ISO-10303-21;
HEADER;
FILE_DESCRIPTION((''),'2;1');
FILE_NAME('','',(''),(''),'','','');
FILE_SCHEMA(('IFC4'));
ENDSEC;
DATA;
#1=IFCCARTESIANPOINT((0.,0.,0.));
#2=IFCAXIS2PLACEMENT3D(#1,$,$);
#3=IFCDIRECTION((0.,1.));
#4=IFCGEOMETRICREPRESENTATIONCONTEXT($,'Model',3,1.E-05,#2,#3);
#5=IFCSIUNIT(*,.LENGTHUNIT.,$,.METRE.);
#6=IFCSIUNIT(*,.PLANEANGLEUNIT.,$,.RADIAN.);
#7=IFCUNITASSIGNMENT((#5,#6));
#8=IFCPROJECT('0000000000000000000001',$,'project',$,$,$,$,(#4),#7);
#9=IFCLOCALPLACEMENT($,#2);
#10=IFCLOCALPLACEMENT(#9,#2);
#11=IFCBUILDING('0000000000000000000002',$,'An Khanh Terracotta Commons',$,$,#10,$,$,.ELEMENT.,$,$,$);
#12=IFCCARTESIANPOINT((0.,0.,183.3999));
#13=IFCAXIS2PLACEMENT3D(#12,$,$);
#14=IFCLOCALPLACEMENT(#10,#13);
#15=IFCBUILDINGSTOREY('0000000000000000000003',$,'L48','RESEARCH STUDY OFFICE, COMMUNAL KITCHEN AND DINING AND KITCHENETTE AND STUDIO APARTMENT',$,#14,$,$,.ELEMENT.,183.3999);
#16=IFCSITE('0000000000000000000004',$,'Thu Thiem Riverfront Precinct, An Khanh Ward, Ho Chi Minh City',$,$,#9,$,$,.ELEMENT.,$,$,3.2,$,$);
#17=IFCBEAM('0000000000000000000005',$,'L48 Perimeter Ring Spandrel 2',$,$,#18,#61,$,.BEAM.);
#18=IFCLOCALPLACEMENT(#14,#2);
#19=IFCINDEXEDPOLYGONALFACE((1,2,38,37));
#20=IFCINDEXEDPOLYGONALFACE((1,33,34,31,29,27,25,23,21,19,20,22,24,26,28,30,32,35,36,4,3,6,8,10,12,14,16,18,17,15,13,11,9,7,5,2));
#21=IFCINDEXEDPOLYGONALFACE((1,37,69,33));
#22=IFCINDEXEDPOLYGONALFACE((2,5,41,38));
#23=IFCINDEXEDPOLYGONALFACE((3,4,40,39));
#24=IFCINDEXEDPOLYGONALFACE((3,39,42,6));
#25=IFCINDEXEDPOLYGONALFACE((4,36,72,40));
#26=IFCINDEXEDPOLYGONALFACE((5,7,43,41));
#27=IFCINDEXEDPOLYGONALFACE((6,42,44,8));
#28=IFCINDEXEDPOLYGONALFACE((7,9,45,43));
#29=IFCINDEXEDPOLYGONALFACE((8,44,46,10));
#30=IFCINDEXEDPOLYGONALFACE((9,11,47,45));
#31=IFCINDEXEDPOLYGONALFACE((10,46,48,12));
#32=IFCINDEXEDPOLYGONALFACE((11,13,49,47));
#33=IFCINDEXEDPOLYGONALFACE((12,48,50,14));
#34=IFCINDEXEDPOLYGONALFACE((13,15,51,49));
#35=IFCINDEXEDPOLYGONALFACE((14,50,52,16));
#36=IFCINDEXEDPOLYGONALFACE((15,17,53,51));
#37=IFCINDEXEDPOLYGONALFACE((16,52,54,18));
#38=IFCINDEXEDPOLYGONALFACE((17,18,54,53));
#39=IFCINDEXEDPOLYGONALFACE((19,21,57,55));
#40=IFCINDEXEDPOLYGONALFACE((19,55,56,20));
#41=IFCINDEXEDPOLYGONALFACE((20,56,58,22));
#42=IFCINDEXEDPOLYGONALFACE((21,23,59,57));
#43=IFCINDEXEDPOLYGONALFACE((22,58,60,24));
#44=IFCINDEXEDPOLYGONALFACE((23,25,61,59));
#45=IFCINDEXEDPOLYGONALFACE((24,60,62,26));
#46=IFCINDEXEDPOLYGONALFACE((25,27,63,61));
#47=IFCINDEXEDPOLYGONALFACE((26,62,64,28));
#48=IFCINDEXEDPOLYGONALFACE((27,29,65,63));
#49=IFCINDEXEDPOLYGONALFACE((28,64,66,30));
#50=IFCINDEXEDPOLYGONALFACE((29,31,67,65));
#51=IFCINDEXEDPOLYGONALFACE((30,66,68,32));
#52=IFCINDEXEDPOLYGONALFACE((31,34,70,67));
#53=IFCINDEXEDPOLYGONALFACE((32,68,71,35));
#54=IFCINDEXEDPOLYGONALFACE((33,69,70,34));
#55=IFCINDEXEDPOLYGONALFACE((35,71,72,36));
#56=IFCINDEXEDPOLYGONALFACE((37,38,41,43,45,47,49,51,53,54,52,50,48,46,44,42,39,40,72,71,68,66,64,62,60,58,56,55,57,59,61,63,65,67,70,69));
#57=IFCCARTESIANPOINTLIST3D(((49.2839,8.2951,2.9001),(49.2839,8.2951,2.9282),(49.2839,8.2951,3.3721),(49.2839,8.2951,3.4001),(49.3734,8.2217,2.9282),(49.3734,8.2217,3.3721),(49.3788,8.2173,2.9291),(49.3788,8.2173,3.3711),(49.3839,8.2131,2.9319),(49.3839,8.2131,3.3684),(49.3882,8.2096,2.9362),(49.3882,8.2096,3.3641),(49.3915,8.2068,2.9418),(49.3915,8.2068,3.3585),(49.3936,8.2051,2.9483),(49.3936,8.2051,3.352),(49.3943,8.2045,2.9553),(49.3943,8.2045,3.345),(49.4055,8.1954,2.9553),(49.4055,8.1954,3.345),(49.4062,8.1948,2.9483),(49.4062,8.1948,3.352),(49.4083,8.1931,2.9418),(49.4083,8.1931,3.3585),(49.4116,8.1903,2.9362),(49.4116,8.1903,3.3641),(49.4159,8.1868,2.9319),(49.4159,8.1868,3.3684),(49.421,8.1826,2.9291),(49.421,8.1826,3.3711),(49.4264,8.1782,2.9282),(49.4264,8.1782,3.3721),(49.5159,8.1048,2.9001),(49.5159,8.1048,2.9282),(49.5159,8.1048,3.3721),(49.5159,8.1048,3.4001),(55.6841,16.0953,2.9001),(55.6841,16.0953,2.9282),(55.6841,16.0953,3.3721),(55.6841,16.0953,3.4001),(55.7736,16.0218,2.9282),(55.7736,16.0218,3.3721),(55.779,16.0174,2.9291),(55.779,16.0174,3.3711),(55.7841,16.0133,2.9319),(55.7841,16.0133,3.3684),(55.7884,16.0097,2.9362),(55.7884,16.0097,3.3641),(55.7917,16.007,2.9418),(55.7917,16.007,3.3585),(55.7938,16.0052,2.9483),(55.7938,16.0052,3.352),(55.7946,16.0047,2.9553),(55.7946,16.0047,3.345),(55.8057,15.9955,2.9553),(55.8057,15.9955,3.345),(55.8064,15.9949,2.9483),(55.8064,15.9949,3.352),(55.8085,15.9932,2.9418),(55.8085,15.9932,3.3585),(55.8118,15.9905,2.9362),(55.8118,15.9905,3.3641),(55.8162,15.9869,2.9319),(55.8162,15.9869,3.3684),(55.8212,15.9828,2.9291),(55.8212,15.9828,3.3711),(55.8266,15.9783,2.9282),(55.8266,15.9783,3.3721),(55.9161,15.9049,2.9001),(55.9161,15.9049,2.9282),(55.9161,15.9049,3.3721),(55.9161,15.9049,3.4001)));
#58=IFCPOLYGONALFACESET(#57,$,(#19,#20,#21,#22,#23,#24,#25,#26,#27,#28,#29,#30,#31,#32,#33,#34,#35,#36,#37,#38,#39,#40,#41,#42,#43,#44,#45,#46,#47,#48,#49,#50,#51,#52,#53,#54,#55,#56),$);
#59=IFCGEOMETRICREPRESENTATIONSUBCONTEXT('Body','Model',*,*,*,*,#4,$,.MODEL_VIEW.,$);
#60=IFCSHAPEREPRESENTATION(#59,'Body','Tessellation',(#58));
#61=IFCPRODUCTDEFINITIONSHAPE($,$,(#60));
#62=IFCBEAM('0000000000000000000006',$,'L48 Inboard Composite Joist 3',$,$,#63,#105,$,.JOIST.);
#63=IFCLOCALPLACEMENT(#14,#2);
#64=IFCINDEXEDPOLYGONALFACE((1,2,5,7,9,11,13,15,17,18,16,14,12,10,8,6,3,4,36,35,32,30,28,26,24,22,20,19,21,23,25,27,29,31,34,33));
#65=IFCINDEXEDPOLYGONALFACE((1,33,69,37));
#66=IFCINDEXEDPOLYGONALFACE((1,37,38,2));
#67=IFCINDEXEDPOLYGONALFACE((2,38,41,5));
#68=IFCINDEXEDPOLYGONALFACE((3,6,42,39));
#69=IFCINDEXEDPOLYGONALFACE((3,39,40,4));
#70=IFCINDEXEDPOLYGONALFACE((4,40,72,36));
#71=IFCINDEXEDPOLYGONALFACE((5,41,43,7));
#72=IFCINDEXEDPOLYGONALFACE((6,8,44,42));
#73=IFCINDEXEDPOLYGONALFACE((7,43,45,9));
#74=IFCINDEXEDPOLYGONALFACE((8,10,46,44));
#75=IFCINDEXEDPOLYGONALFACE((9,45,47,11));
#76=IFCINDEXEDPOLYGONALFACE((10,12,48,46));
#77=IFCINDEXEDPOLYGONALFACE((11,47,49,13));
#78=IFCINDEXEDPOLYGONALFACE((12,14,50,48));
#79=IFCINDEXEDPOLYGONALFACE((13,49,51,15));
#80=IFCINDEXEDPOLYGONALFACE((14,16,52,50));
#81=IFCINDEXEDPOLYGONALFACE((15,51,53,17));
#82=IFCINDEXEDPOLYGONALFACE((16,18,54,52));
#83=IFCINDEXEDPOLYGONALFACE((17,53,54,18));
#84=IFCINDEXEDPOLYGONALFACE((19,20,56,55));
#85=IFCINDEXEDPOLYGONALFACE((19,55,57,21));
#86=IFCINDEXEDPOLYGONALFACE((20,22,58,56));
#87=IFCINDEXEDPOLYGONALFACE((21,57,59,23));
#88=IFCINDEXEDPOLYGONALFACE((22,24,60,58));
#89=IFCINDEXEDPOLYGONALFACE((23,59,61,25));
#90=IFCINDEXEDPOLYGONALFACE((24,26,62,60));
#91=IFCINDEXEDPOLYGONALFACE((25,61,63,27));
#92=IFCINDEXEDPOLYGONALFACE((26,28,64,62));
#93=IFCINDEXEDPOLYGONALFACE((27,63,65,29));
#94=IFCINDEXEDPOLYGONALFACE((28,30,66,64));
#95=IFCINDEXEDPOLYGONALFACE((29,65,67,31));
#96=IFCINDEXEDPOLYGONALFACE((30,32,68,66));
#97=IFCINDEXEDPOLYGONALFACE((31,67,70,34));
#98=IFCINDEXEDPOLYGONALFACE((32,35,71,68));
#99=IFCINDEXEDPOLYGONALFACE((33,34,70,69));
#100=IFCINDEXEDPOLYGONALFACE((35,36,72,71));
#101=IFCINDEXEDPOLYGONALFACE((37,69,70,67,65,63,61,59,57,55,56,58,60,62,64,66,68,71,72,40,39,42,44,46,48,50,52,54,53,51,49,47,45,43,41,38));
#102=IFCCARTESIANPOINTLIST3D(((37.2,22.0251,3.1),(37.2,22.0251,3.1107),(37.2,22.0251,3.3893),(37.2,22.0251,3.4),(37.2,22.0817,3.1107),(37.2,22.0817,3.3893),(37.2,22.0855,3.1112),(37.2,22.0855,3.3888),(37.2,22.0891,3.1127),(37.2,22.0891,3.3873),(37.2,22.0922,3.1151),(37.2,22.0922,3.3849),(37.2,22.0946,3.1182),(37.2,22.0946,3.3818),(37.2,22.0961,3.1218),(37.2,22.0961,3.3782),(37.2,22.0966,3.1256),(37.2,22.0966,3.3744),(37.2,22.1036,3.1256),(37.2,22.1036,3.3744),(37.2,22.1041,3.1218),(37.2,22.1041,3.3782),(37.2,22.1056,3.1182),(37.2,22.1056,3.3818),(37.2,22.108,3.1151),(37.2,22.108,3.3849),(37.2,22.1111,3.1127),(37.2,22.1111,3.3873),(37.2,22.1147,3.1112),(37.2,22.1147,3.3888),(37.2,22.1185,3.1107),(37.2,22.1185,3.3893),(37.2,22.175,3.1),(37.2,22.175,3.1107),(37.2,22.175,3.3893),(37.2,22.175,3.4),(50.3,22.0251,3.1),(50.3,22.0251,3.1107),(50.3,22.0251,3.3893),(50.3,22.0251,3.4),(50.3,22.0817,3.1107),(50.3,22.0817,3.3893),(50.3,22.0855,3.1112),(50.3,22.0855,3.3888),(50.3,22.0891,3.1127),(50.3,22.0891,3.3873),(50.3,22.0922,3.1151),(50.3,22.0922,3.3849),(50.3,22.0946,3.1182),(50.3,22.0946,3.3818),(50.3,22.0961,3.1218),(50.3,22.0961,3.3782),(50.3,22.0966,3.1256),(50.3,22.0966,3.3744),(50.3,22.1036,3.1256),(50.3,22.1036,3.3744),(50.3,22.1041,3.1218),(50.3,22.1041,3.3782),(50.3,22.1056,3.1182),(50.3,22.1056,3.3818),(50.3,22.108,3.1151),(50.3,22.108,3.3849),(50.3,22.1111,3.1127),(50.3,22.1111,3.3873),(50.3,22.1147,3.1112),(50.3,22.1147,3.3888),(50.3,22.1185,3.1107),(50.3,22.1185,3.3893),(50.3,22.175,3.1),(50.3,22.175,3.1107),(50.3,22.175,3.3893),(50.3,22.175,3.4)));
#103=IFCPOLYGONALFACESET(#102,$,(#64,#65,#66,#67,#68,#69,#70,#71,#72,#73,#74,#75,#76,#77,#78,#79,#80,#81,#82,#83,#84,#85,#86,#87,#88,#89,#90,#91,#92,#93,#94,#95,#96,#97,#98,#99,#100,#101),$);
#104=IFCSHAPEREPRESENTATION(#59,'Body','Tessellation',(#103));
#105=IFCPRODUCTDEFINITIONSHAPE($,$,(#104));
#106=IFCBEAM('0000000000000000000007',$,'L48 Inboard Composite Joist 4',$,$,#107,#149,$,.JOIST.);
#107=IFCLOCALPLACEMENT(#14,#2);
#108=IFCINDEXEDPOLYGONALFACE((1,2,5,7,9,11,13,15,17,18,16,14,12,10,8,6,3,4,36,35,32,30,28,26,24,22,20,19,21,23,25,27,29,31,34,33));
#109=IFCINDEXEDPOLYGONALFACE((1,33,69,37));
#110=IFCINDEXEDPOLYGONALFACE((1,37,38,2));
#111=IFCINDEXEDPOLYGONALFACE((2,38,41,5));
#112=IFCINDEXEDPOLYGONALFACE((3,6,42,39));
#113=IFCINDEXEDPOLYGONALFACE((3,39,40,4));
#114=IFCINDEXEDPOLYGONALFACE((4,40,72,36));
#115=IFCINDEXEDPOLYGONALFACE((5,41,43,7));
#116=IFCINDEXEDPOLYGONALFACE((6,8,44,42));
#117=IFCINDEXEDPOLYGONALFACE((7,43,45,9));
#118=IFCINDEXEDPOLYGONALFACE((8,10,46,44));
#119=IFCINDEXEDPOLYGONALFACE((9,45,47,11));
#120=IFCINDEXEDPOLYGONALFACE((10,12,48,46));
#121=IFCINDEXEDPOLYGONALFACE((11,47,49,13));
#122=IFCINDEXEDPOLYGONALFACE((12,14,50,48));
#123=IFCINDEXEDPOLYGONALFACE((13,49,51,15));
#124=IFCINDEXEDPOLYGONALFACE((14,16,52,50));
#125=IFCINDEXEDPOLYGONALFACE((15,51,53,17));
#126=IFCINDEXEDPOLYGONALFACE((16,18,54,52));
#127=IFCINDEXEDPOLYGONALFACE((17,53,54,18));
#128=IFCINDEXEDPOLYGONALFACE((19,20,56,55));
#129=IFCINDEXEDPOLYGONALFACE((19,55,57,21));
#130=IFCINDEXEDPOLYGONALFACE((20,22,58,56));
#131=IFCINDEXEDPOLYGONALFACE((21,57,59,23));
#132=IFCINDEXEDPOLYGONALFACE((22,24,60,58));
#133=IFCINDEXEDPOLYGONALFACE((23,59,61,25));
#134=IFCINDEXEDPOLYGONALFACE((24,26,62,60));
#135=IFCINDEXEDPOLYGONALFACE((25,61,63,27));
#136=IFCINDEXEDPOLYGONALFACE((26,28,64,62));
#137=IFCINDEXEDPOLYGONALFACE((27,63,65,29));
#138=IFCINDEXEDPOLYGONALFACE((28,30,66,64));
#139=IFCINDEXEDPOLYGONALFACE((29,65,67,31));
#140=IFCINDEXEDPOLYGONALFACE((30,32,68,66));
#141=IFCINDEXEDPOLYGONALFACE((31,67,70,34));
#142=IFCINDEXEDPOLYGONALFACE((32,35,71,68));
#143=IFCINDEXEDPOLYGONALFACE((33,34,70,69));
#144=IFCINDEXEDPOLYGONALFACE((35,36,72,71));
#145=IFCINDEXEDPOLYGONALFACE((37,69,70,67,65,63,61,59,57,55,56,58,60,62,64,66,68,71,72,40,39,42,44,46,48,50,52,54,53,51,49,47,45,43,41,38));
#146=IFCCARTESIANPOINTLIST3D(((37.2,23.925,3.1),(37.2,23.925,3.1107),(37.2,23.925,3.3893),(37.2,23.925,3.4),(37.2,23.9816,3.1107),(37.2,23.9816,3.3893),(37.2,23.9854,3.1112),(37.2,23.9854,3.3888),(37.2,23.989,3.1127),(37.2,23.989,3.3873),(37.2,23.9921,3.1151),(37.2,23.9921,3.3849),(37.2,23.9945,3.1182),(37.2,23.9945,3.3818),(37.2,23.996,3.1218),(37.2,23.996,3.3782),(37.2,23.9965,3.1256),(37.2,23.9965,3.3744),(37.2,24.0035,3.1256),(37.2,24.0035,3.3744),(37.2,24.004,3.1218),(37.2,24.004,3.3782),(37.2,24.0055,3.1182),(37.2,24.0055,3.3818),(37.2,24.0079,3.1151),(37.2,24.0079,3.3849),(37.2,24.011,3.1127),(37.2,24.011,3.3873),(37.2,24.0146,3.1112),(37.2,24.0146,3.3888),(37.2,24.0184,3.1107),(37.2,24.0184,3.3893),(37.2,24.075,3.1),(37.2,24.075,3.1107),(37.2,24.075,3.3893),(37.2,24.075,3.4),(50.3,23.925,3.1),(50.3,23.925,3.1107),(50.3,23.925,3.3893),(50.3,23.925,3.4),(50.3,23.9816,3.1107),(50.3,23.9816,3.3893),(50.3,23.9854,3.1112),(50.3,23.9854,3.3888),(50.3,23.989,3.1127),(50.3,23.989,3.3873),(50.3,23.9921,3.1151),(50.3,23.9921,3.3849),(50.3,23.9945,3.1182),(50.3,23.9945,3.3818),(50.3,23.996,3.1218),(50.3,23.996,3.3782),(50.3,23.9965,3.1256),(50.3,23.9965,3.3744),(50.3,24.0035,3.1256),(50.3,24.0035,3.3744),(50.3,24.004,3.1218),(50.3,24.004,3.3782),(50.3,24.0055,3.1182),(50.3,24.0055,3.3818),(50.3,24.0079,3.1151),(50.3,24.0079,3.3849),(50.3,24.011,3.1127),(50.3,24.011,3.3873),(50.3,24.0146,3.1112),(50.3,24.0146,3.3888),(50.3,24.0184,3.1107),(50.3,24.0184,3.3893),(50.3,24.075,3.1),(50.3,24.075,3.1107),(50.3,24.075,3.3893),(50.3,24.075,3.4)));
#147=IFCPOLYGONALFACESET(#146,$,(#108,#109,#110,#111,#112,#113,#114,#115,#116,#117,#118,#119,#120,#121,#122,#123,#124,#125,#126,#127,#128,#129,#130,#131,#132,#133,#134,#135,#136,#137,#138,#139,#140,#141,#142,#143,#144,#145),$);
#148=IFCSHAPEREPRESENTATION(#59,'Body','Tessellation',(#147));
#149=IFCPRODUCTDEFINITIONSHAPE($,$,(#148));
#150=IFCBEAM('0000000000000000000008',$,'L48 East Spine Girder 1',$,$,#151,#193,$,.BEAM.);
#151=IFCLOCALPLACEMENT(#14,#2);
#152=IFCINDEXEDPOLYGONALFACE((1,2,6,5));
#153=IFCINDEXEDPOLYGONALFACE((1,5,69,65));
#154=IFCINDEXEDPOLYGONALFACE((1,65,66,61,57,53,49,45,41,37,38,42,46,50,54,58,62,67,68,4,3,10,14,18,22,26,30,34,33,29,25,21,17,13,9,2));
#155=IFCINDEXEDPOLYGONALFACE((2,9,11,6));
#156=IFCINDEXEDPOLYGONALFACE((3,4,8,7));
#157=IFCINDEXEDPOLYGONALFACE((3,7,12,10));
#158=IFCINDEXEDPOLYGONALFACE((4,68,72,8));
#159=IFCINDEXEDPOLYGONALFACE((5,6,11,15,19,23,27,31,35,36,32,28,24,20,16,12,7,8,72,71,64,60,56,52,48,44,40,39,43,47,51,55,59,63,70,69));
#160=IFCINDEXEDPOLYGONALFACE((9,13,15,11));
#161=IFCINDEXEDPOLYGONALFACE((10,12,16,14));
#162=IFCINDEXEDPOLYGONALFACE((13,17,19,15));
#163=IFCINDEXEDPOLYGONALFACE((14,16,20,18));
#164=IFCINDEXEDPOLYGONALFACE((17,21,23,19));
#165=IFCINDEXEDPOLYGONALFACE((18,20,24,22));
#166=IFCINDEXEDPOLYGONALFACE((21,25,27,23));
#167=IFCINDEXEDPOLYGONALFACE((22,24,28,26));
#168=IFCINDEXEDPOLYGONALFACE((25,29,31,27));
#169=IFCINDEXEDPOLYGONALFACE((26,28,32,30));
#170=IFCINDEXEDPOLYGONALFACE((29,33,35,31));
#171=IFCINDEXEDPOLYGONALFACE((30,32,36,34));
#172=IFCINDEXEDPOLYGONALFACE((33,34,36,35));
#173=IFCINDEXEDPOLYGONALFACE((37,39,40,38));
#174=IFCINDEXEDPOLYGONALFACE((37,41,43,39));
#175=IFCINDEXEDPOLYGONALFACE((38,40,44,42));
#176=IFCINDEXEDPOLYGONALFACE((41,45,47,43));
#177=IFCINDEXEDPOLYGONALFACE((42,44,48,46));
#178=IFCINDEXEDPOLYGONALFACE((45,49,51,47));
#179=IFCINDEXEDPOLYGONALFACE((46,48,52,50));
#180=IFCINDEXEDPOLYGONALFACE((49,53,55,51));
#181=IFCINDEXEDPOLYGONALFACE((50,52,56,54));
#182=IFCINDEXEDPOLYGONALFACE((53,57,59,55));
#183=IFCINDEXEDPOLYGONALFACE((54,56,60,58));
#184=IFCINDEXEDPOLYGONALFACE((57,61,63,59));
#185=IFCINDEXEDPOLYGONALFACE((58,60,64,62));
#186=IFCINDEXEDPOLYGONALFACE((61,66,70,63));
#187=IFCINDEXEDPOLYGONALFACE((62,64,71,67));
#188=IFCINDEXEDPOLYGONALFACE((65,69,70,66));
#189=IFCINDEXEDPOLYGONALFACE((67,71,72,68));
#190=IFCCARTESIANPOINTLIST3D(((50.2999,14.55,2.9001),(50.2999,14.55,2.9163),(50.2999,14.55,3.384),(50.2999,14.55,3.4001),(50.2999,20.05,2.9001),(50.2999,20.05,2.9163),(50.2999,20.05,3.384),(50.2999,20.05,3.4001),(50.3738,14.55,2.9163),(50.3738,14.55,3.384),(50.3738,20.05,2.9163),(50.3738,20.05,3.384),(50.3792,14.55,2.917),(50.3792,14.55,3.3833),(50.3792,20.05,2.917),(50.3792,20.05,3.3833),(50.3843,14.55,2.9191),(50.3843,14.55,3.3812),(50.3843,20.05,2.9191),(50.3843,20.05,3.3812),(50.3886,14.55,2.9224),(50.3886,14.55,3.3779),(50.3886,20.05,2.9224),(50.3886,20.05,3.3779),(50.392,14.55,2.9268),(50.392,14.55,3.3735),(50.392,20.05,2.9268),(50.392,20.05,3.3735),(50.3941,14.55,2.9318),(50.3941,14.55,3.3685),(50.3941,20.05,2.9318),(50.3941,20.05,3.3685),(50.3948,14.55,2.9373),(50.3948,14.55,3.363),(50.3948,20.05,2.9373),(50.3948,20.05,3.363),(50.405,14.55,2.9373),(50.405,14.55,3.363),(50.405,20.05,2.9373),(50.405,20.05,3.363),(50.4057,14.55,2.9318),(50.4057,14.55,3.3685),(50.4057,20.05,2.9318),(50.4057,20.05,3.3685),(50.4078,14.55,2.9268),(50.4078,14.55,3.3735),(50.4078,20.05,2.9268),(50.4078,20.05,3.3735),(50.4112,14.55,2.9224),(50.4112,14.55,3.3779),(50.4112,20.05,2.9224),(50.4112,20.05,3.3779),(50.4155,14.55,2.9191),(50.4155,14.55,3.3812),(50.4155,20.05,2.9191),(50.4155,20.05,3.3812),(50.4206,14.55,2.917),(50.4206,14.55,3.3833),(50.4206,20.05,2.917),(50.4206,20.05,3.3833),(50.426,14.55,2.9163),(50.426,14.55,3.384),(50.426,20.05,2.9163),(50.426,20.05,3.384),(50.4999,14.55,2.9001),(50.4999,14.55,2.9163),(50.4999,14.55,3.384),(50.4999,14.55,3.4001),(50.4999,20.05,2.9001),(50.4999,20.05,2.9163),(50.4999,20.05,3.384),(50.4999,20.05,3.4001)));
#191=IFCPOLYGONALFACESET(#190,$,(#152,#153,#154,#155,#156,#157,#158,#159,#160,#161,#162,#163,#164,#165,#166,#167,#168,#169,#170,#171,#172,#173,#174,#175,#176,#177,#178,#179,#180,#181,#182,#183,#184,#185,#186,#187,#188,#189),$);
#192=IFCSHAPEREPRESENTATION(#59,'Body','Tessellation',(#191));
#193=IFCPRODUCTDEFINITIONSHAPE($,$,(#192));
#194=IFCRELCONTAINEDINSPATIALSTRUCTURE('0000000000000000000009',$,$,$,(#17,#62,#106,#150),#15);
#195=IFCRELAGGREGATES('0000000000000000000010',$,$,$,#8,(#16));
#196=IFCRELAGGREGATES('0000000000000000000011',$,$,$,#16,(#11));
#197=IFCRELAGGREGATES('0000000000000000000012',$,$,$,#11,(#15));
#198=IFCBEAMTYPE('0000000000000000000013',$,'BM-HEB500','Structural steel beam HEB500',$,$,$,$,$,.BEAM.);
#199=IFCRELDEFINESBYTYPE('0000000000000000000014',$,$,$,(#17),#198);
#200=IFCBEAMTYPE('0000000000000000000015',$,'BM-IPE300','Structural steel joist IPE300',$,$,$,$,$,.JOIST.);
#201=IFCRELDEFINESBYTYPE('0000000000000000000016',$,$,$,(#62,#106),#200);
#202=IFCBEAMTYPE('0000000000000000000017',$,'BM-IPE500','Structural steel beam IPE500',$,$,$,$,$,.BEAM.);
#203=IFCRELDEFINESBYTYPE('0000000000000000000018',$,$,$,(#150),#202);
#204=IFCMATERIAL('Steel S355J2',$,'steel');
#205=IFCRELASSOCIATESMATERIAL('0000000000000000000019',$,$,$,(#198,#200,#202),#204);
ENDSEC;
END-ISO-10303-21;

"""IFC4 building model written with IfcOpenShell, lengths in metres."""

from ifc_helpers import new_model, si_unit, direction, frame, origin, origin_2d, place, context, subcontext, project, spatial, i_section, extrude, material, material_profile, profile_set, type_object, element, save


model = new_model("IFC4")

# Units and contexts
model_context = context("Model", 3, precision=1e-05, world=origin(), true_north=direction((0.0, 1.0)))
body_context = subcontext(model_context, "Body", "Model", "MODEL_VIEW")
ifc_project = project(units=[si_unit("LENGTHUNIT", "METRE"), si_unit("PLANEANGLEUNIT", "RADIAN")], contexts=[model_context])

# Site, building, storey
site_placement = place(None, origin())
site = spatial("IfcSite", under=ifc_project, at=site_placement, Name="Thu Thiem Riverfront Precinct, An Khanh Ward, Ho Chi Minh City", CompositionType="ELEMENT", RefElevation=3.2)
building_placement = place(site_placement, origin())
building = spatial("IfcBuilding", under=site, at=building_placement, Name="An Khanh Terracotta Commons", CompositionType="ELEMENT")
storey_placement = place(building_placement, frame((0.0, 0.0, 183.3999)))
storey = spatial("IfcBuildingStorey", under=building, at=storey_placement, Name="L48", Description="RESEARCH STUDY OFFICE, COMMUNAL KITCHEN AND DINING AND KITCHENETTE AND STUDIO APARTMENT", CompositionType="ELEMENT", Elevation=183.3999)

# Beams
ifc_material_1 = material(Name="Steel S355J2", Category="steel")
ifc_material_profile_1 = material_profile(ifc_material_1, i_section(OverallWidth=0.3, OverallDepth=0.5, WebThickness=0.0144, FlangeThickness=0.0281, FilletRadius=0.0271, at=origin_2d()), Name="HEB500")
ifc_profile_set_1 = profile_set([ifc_material_profile_1], Name="Steel S355J2")
beam_type_1 = type_object("IfcBeamType", Name="BM-HEB500", Description="Structural steel beam HEB500", PredefinedType="BEAM", material=ifc_profile_set_1)
beam_1_placement = place(storey_placement, frame((49.3999, 8.2, 3.1501), z_axis=(0.634323, 0.773068, 0.0), x_axis=(-0.773068, 0.634323, 0.0)))
element("IfcBeam", 1, at=beam_1_placement, inside=storey, type_object=beam_type_1, Name="L48 Perimeter Ring Spandrel 2", PredefinedType="BEAM", context=body_context, shape_type="SweptSolid", body=[
    extrude(i_section(OverallWidth=0.3, OverallDepth=0.5, WebThickness=0.0144, FlangeThickness=0.0281, FilletRadius=0.0271, at=origin_2d()), origin(), (0.0, 0.0, 1.0), 10.0898),
])
ifc_material_profile_2 = material_profile(ifc_material_1, i_section(OverallWidth=0.1499, OverallDepth=0.3, WebThickness=0.0071, FlangeThickness=0.0107, FilletRadius=0.0149, at=origin_2d()), Name="IPE300")
ifc_profile_set_2 = profile_set([ifc_material_profile_2], Name="Steel S355J2")
beam_type_2 = type_object("IfcBeamType", Name="BM-IPE300", Description="Structural steel joist IPE300", PredefinedType="JOIST", material=ifc_profile_set_2)
for number, where, z_axis, x_axis, name in (
    (2, (37.2, 22.1001, 3.25), (1.0, 0.0, 0.0), (0.0, 1.0, 0.0), "L48 Inboard Composite Joist 3"),
    (3, (37.2, 24.0, 3.25), (1.0, 0.0, 0.0), (0.0, 1.0, 0.0), "L48 Inboard Composite Joist 4"),
):
    element("IfcBeam", number, at=place(storey_placement, frame(where, z_axis=z_axis, x_axis=x_axis)), inside=storey, type_object=beam_type_2, Name=name, PredefinedType="JOIST", context=body_context, shape_type="SweptSolid", body=[
        extrude(i_section(OverallWidth=0.1499, OverallDepth=0.3, WebThickness=0.0071, FlangeThickness=0.0107, FilletRadius=0.0149, at=origin_2d()), origin(), (0.0, 0.0, 1.0), 13.1001),
    ])
ifc_material_profile_3 = material_profile(ifc_material_1, i_section(OverallWidth=0.2, OverallDepth=0.5, WebThickness=0.0103, FlangeThickness=0.0161, FilletRadius=0.021, at=origin_2d()), Name="IPE500")
ifc_profile_set_3 = profile_set([ifc_material_profile_3], Name="Steel S355J2")
beam_type_3 = type_object("IfcBeamType", Name="BM-IPE500", Description="Structural steel beam IPE500", PredefinedType="BEAM", material=ifc_profile_set_3)
beam_2_placement = place(storey_placement, frame((50.3999, 14.55, 3.1501), z_axis=(0.0, 1.0, 0.0), x_axis=(-1.0, 0.0, 0.0)))
element("IfcBeam", 4, at=beam_2_placement, inside=storey, type_object=beam_type_3, Name="L48 East Spine Girder 1", PredefinedType="BEAM", context=body_context, shape_type="SweptSolid", body=[
    extrude(i_section(OverallWidth=0.2, OverallDepth=0.5, WebThickness=0.0103, FlangeThickness=0.0161, FilletRadius=0.021, at=origin_2d()), origin(), (0.0, 0.0, 1.0), 5.5),
])

save(model, "model.ifc")
